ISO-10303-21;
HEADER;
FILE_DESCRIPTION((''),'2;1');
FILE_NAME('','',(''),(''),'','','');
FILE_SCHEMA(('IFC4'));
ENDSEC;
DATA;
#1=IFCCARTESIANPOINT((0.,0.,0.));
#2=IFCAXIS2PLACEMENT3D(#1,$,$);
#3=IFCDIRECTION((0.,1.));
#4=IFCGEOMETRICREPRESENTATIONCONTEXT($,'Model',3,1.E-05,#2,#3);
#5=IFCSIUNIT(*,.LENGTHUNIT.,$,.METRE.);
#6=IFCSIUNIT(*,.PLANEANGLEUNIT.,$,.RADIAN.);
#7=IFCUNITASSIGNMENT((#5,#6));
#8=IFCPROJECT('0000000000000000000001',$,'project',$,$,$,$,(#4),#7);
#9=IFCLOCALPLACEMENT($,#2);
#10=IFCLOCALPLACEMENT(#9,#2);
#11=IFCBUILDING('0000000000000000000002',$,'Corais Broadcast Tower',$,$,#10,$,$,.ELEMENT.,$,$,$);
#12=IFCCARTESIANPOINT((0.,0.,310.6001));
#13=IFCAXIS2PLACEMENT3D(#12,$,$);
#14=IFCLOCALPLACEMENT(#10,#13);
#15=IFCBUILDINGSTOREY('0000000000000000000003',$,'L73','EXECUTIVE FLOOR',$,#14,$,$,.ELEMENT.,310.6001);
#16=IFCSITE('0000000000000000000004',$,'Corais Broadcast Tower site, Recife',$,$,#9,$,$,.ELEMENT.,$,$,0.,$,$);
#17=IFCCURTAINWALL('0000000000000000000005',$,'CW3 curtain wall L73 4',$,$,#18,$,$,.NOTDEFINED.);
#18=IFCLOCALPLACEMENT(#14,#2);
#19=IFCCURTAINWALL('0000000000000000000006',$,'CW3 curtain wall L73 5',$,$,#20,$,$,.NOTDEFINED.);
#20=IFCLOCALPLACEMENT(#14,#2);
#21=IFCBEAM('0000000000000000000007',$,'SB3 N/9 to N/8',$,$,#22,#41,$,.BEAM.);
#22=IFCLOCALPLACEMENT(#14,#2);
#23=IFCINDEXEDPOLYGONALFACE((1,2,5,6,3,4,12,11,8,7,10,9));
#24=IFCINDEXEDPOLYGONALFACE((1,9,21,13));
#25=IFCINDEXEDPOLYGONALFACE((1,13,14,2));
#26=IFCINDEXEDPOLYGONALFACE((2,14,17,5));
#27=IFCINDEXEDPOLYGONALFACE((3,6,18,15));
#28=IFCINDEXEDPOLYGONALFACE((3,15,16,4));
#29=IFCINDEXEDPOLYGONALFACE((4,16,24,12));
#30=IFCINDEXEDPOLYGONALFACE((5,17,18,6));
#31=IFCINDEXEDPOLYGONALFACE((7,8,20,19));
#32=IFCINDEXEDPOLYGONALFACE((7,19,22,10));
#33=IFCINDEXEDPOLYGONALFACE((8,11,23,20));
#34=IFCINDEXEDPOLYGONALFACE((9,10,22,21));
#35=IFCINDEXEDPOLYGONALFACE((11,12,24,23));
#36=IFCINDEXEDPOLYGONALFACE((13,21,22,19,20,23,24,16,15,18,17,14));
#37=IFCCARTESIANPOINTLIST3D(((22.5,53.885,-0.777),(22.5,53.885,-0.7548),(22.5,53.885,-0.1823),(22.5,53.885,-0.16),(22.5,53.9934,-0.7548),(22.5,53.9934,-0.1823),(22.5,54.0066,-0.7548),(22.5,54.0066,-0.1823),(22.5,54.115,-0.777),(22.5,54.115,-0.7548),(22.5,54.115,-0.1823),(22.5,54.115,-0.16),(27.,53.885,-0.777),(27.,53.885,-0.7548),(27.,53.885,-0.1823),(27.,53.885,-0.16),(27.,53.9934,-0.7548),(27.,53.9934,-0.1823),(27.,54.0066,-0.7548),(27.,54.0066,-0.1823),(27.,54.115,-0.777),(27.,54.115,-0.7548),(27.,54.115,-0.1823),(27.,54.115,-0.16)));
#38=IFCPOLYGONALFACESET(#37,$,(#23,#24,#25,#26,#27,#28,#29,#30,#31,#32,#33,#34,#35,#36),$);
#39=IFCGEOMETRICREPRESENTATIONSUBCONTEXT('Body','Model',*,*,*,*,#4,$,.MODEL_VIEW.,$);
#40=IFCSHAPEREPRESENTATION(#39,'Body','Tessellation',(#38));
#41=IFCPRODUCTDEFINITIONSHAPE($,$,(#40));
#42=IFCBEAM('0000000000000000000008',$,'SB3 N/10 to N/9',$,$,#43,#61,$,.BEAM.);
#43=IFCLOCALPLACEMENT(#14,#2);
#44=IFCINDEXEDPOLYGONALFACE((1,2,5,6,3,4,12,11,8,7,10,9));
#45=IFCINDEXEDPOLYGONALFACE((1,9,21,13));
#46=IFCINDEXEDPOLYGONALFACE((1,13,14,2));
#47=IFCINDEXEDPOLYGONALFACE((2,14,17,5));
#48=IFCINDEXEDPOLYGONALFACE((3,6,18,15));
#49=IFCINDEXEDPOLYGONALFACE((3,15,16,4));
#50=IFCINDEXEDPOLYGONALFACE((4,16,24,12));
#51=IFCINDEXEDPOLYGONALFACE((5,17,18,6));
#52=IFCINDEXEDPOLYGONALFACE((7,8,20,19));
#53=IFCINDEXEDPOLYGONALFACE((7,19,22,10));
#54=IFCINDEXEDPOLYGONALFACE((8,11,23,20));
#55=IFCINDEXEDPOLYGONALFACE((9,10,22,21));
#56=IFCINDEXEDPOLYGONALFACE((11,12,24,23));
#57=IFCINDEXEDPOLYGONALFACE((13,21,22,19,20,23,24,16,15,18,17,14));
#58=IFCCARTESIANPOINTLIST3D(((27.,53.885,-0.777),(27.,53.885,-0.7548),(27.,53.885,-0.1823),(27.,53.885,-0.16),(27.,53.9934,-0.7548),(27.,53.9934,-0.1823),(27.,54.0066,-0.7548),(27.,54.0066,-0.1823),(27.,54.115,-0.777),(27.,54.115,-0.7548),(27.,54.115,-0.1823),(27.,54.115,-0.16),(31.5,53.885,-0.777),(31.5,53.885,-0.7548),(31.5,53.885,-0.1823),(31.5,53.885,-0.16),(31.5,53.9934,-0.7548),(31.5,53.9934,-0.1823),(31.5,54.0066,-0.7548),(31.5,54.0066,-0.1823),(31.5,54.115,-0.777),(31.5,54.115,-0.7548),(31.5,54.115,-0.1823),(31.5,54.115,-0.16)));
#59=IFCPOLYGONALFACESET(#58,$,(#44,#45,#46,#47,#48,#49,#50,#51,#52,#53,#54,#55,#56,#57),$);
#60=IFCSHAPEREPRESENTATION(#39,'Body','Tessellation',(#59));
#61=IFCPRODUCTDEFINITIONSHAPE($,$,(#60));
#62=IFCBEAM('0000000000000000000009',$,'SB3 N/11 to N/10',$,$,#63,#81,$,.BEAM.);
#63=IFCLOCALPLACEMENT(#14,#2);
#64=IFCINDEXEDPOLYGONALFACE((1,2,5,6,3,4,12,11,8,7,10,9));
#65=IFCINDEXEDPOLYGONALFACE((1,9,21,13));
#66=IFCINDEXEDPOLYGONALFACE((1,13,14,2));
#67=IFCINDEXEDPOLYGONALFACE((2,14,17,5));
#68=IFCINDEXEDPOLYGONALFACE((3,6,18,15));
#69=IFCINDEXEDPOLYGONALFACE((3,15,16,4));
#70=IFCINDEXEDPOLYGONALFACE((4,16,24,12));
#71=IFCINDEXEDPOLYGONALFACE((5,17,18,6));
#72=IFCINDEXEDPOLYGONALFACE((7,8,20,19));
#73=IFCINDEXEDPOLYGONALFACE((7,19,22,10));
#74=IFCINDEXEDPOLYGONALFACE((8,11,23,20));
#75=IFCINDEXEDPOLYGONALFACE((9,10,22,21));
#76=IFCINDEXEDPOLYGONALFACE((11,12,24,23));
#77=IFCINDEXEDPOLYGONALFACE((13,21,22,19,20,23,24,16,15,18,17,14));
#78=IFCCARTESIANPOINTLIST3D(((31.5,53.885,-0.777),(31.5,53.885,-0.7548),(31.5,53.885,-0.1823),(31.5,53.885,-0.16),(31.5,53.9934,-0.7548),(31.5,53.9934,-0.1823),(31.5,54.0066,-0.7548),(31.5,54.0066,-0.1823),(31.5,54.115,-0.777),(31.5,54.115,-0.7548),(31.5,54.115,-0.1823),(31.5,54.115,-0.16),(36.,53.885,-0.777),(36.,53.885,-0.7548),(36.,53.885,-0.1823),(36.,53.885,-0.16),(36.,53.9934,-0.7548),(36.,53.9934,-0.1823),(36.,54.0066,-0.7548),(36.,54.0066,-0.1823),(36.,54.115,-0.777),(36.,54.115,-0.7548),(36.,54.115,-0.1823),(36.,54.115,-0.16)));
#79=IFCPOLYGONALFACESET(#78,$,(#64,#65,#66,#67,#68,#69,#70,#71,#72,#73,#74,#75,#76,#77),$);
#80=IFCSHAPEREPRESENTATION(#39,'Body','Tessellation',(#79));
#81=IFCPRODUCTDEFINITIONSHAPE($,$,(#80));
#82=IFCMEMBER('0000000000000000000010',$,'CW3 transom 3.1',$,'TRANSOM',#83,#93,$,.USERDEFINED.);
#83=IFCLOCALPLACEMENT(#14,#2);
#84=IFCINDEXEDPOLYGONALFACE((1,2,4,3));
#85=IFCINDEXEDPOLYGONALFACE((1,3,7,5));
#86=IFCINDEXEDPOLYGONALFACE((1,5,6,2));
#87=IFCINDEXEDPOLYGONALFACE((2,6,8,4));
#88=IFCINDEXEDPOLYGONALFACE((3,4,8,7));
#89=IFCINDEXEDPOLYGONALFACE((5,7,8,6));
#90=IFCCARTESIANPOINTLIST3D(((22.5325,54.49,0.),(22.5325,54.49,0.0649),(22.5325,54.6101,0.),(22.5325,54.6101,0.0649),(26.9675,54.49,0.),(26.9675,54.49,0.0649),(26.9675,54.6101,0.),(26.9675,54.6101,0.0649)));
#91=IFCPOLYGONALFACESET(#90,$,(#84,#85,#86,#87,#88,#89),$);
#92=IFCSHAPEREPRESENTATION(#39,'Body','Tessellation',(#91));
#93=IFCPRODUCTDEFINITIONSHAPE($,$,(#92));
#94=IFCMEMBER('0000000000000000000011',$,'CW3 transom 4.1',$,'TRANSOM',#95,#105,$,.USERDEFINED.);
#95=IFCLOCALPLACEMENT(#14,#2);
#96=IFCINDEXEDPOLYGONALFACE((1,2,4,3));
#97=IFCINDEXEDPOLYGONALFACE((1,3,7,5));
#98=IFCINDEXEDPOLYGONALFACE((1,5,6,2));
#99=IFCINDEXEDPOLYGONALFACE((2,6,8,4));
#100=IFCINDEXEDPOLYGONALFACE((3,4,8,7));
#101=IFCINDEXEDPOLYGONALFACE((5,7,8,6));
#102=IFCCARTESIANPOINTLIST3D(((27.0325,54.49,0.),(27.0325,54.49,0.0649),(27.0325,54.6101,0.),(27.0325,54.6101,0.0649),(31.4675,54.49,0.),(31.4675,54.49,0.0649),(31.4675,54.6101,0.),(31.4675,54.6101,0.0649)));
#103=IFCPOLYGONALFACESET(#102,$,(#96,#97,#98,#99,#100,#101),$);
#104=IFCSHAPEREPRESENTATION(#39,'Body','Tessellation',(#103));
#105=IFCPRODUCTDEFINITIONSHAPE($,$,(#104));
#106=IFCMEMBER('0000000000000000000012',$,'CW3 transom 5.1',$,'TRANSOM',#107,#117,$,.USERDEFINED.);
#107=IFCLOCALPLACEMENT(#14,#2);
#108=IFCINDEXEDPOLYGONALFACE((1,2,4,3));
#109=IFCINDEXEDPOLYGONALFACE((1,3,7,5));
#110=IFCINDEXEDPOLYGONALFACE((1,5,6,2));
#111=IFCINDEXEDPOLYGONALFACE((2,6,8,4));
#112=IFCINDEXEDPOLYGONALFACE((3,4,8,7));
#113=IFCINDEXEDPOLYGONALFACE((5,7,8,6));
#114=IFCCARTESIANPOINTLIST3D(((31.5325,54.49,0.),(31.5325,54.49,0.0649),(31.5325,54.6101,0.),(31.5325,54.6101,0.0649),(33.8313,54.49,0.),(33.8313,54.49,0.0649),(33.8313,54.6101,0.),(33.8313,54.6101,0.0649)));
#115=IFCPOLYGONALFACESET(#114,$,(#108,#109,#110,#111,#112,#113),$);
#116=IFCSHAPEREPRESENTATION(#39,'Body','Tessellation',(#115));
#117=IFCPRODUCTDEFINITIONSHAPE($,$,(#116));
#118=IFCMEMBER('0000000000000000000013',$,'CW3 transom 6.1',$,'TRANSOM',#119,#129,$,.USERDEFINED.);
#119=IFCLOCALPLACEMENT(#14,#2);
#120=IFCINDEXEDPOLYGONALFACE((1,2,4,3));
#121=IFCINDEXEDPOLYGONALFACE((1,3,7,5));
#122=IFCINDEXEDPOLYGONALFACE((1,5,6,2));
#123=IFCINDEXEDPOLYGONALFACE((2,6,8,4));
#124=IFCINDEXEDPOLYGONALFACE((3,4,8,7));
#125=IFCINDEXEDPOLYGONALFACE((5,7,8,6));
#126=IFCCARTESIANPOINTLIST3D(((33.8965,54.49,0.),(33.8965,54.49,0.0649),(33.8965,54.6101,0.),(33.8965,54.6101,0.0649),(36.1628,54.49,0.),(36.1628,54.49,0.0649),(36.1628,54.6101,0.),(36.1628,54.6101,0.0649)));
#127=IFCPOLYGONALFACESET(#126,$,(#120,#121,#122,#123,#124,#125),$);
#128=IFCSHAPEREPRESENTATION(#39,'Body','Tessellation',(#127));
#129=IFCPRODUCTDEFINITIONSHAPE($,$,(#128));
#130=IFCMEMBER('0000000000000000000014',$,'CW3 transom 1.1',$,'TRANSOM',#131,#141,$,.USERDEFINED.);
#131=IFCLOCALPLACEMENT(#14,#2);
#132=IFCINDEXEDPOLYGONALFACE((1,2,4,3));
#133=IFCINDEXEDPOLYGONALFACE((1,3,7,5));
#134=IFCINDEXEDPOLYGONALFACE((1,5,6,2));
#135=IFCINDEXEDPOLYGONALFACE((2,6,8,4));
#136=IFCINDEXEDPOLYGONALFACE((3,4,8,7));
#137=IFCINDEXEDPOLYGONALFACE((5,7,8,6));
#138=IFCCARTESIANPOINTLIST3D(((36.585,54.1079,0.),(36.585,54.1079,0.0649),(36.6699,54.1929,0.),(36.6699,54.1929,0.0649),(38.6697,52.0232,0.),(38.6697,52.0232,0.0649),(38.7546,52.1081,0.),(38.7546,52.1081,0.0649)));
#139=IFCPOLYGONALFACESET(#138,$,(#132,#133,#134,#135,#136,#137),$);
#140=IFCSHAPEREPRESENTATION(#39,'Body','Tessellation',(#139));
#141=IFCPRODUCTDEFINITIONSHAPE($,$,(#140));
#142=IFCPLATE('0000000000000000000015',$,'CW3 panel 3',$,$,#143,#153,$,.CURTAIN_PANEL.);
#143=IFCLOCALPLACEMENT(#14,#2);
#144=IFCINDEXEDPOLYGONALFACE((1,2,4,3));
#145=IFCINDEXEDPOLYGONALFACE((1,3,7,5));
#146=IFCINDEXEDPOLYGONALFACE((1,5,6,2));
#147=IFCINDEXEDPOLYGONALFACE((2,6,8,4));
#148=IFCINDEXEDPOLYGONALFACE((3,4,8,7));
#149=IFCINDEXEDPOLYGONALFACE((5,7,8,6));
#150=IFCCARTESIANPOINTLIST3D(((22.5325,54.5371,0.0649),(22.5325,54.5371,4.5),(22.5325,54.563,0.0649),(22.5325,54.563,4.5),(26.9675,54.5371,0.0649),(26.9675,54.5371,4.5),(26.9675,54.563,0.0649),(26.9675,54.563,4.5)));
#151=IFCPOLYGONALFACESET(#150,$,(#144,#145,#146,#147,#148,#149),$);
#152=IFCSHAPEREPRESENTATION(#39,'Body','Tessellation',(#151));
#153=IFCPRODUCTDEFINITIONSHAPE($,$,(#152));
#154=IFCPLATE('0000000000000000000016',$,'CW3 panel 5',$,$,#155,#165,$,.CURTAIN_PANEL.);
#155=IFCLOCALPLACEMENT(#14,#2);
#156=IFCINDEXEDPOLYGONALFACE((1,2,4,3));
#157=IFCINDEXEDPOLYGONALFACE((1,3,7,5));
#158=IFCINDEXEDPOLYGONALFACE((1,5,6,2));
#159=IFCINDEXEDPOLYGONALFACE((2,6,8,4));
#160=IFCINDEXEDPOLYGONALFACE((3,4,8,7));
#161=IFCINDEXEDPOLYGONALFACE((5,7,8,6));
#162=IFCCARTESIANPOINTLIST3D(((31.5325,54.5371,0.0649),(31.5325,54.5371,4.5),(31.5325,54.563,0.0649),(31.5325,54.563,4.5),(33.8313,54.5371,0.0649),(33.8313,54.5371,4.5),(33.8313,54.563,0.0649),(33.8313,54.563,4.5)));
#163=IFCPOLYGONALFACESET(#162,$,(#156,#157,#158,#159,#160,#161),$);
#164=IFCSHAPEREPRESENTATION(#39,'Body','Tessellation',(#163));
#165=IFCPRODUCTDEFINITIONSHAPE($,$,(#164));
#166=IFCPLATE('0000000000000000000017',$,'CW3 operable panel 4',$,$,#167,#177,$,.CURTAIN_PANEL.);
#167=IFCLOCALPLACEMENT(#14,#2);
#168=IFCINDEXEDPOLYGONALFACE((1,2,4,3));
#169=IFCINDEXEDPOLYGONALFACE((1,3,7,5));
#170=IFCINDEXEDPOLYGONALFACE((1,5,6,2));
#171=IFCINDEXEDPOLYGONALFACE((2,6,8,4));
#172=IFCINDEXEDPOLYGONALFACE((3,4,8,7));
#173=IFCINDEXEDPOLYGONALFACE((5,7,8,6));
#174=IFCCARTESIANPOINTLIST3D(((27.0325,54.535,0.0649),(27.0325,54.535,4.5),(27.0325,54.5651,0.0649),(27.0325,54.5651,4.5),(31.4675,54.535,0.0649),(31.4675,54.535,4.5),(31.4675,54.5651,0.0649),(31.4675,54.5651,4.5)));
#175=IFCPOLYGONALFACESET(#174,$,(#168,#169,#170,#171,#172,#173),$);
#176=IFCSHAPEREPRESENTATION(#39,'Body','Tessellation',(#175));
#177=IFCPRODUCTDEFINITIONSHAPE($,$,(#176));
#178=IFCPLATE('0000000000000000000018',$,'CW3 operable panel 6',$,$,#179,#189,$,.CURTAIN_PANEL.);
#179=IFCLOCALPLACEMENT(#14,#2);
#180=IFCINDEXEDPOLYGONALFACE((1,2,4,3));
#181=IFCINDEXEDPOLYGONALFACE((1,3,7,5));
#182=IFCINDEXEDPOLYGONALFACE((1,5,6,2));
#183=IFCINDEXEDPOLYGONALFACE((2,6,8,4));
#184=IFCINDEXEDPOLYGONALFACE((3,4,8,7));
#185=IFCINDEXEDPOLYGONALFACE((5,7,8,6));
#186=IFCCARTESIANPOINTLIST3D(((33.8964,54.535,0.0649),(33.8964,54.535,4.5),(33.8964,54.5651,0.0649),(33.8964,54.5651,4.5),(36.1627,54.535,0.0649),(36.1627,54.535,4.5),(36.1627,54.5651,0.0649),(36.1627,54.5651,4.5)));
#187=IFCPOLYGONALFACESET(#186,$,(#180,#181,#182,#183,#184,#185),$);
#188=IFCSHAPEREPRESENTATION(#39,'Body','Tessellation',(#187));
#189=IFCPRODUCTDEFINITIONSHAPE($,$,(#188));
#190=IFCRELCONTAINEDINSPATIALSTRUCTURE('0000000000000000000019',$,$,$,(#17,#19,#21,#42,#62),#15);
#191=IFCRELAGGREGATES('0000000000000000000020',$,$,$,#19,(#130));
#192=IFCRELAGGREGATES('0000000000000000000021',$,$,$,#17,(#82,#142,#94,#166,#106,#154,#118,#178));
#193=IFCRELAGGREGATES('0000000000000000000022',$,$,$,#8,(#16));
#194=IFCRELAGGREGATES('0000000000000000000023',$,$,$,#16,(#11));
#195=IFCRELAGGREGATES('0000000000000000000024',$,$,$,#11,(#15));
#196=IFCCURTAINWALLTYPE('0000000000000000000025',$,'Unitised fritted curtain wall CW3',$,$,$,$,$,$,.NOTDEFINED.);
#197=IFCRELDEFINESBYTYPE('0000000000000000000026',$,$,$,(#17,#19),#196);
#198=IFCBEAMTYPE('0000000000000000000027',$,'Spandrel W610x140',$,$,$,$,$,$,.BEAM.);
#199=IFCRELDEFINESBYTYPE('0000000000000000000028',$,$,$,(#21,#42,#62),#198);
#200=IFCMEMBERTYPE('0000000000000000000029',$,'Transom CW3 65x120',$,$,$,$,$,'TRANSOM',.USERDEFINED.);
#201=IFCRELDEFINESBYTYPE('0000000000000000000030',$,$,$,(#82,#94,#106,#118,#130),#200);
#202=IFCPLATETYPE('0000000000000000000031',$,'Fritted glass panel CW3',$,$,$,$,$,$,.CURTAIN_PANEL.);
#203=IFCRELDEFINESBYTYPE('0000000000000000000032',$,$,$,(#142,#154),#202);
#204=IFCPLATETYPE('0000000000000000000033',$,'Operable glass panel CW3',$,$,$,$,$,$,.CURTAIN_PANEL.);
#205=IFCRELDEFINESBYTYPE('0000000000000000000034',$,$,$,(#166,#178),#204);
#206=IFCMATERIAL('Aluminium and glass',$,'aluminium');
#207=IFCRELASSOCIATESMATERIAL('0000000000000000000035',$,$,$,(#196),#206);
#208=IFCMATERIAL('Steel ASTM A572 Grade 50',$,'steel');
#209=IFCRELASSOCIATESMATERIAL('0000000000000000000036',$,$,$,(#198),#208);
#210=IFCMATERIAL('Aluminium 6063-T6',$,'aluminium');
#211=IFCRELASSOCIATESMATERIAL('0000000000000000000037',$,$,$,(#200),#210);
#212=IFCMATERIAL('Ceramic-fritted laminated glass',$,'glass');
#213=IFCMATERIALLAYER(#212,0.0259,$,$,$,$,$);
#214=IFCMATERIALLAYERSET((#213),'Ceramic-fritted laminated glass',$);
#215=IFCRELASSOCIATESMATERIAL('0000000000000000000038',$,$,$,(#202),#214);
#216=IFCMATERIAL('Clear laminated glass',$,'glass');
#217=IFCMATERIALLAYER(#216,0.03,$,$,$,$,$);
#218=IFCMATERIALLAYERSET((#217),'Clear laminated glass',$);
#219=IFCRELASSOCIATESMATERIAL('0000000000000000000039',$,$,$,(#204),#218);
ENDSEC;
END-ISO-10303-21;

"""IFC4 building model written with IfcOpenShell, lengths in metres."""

from ifc_helpers import new_model, si_unit, direction, frame, origin, origin_2d, place, context, subcontext, project, spatial, rectangle, i_section, extrude, material, layer, layer_set, material_profile, profile_set, type_object, element, aggregate, save


model = new_model("IFC4")

# Units and contexts
model_context = context("Model", 3, precision=1e-05, world=origin(), true_north=direction((0.0, 1.0)))
body_context = subcontext(model_context, "Body", "Model", "MODEL_VIEW")
ifc_project = project(units=[si_unit("LENGTHUNIT", "METRE"), si_unit("PLANEANGLEUNIT", "RADIAN")], contexts=[model_context])

# Site, building, storey
site_placement = place(None, origin())
site = spatial("IfcSite", under=ifc_project, at=site_placement, Name="Corais Broadcast Tower site, Recife", CompositionType="ELEMENT", RefElevation=0.0)
building_placement = place(site_placement, origin())
building = spatial("IfcBuilding", under=site, at=building_placement, Name="Corais Broadcast Tower", CompositionType="ELEMENT")
storey_placement = place(building_placement, frame((0.0, 0.0, 310.6001)))
storey = spatial("IfcBuildingStorey", under=building, at=storey_placement, Name="L73", Description="EXECUTIVE FLOOR", CompositionType="ELEMENT", Elevation=310.6001)

# Curtain wall
ifc_material_1 = material(Name="Aluminium and glass", Category="aluminium")
curtain_wall_type = type_object("IfcCurtainWallType", Name="Unitised fritted curtain wall CW3", PredefinedType="NOTDEFINED", material=ifc_material_1)
curtain_wall_1_placement = place(storey_placement, origin())
curtain_wall_1 = element("IfcCurtainWall", 1, at=curtain_wall_1_placement, inside=storey, type_object=curtain_wall_type, Name="CW3 curtain wall L73 4", PredefinedType="NOTDEFINED")

# Curtain wall
curtain_wall_2_placement = place(storey_placement, origin())
curtain_wall_2 = element("IfcCurtainWall", 2, at=curtain_wall_2_placement, inside=storey, type_object=curtain_wall_type, Name="CW3 curtain wall L73 5", PredefinedType="NOTDEFINED")

# Beams
ifc_material_2 = material(Name="Steel ASTM A572 Grade 50", Category="steel")
ifc_material_profile_1 = material_profile(ifc_material_2, i_section(OverallWidth=0.23, OverallDepth=0.6169, WebThickness=0.0132, FlangeThickness=0.0222, at=origin_2d()), Name="W610x140")
ifc_profile_set_1 = profile_set([ifc_material_profile_1], Name="Steel ASTM A572 Grade 50")
beam_type_1 = type_object("IfcBeamType", Name="Spandrel W610x140", PredefinedType="BEAM", material=ifc_profile_set_1)
for number, where, z_axis, x_axis, name in (
    (3, (27.0, 54.0, -0.4685), (-1.0, 0.0, 0.0), (0.0, -1.0, 0.0), "SB3 N/9 to N/8"),
    (4, (31.5, 54.0, -0.4685), (-1.0, 0.0, 0.0), (0.0, -1.0, 0.0), "SB3 N/10 to N/9"),
    (5, (36.0, 54.0, -0.4685), (-1.0, 0.0, 0.0), (0.0, -1.0, 0.0), "SB3 N/11 to N/10"),
):
    element("IfcBeam", number, at=place(storey_placement, frame(where, z_axis=z_axis, x_axis=x_axis)), inside=storey, type_object=beam_type_1, Name=name, PredefinedType="BEAM", context=body_context, shape_type="SweptSolid", body=[
        extrude(i_section(OverallWidth=0.23, OverallDepth=0.6169, WebThickness=0.0132, FlangeThickness=0.0222, at=origin_2d()), origin(), (0.0, 0.0, 1.0), 4.5),
    ])

# Members
ifc_material_3 = material(Name="Aluminium 6063-T6", Category="aluminium")
ifc_material_profile_2 = material_profile(ifc_material_3, rectangle(XDim=0.1201, YDim=0.0649, at=origin_2d()), Name="Transom CW3 65x120")
ifc_profile_set_2 = profile_set([ifc_material_profile_2], Name="Aluminium 6063-T6")
member_type_1 = type_object("IfcMemberType", Name="Transom CW3 65x120", ElementType="TRANSOM", PredefinedType="USERDEFINED", material=ifc_profile_set_2)
member_1_placement = place(storey_placement, frame((22.5325, 54.55, 0.0325), z_axis=(1.0, 0.0, 0.0), x_axis=(0.0, 1.0, 0.0)))
member_1 = element("IfcMember", 6, at=member_1_placement, type_object=member_type_1, Name="CW3 transom 3.1", ObjectType="TRANSOM", PredefinedType="USERDEFINED", context=body_context, shape_type="SweptSolid", body=[
    extrude(rectangle(XDim=0.1201, YDim=0.0649, at=origin_2d()), origin(), (0.0, 0.0, 1.0), 4.4351),
])
member_2_placement = place(storey_placement, frame((27.0325, 54.55, 0.0325), z_axis=(1.0, 0.0, 0.0), x_axis=(0.0, 1.0, 0.0)))
member_2 = element("IfcMember", 7, at=member_2_placement, type_object=member_type_1, Name="CW3 transom 4.1", ObjectType="TRANSOM", PredefinedType="USERDEFINED", context=body_context, shape_type="SweptSolid", body=[
    extrude(rectangle(XDim=0.1201, YDim=0.0649, at=origin_2d()), origin(), (0.0, 0.0, 1.0), 4.4351),
])
member_3_placement = place(storey_placement, frame((31.5325, 54.55, 0.0325), z_axis=(1.0, 0.0, 0.0), x_axis=(0.0, 1.0, 0.0)))
member_3 = element("IfcMember", 8, at=member_3_placement, type_object=member_type_1, Name="CW3 transom 5.1", ObjectType="TRANSOM", PredefinedType="USERDEFINED", context=body_context, shape_type="SweptSolid", body=[
    extrude(rectangle(XDim=0.1201, YDim=0.0649, at=origin_2d()), origin(), (0.0, 0.0, 1.0), 2.2988),
])
member_4_placement = place(storey_placement, frame((33.8965, 54.55, 0.0325), z_axis=(1.0, 0.0, 0.0), x_axis=(0.0, 1.0, 0.0)))
member_4 = element("IfcMember", 9, at=member_4_placement, type_object=member_type_1, Name="CW3 transom 6.1", ObjectType="TRANSOM", PredefinedType="USERDEFINED", context=body_context, shape_type="SweptSolid", body=[
    extrude(rectangle(XDim=0.1201, YDim=0.0649, at=origin_2d()), origin(), (0.0, 0.0, 1.0), 2.2664),
])
member_5_placement = place(storey_placement, frame((36.6274, 54.1504, 0.0325), z_axis=(0.707107, -0.707107, 0.0), x_axis=(0.707107, 0.707107, 0.0)))
member_5 = element("IfcMember", 10, at=member_5_placement, type_object=member_type_1, Name="CW3 transom 1.1", ObjectType="TRANSOM", PredefinedType="USERDEFINED", context=body_context, shape_type="SweptSolid", body=[
    extrude(rectangle(XDim=0.1201, YDim=0.0649, at=origin_2d()), origin(), (0.0, 0.0, 1.0), 2.9482),
])
aggregate(curtain_wall_2, [member_5])

# Plates
ifc_material_4 = material(Name="Ceramic-fritted laminated glass", Category="glass")
ifc_layer_1 = layer(ifc_material_4, 0.0259)
ifc_layer_set_1 = layer_set([ifc_layer_1], Name="Ceramic-fritted laminated glass")
plate_type_1 = type_object("IfcPlateType", Name="Fritted glass panel CW3", PredefinedType="CURTAIN_PANEL", material=ifc_layer_set_1)
plate_1_placement = place(storey_placement, frame((24.75, 54.55, 0.0649), z_axis=(0.0, 0.0, 1.0), x_axis=(1.0, 0.0, 0.0)))
plate_1 = element("IfcPlate", 11, at=plate_1_placement, type_object=plate_type_1, Name="CW3 panel 3", PredefinedType="CURTAIN_PANEL", context=body_context, shape_type="SweptSolid", body=[
    extrude(rectangle(XDim=4.4351, YDim=0.0259, at=origin_2d()), origin(), (0.0, 0.0, 1.0), 4.4351),
])
plate_2_placement = place(storey_placement, frame((32.6819, 54.55, 0.0649), z_axis=(0.0, 0.0, 1.0), x_axis=(1.0, 0.0, 0.0)))
plate_2 = element("IfcPlate", 12, at=plate_2_placement, type_object=plate_type_1, Name="CW3 panel 5", PredefinedType="CURTAIN_PANEL", context=body_context, shape_type="SweptSolid", body=[
    extrude(rectangle(XDim=2.2988, YDim=0.0259, at=origin_2d()), origin(), (0.0, 0.0, 1.0), 4.4351),
])
ifc_material_5 = material(Name="Clear laminated glass", Category="glass")
ifc_layer_2 = layer(ifc_material_5, 0.03)
ifc_layer_set_2 = layer_set([ifc_layer_2], Name="Clear laminated glass")
plate_type_2 = type_object("IfcPlateType", Name="Operable glass panel CW3", PredefinedType="CURTAIN_PANEL", material=ifc_layer_set_2)
plate_3_placement = place(storey_placement, frame((29.25, 54.55, 0.0649), z_axis=(0.0, 0.0, 1.0), x_axis=(1.0, 0.0, 0.0)))
plate_3 = element("IfcPlate", 13, at=plate_3_placement, type_object=plate_type_2, Name="CW3 operable panel 4", PredefinedType="CURTAIN_PANEL", context=body_context, shape_type="SweptSolid", body=[
    extrude(rectangle(XDim=4.4351, YDim=0.03, at=origin_2d()), origin(), (0.0, 0.0, 1.0), 4.4351),
])
plate_4_placement = place(storey_placement, frame((35.0295, 54.55, 0.0649), z_axis=(0.0, 0.0, 1.0), x_axis=(1.0, 0.0, 0.0)))
plate_4 = element("IfcPlate", 14, at=plate_4_placement, type_object=plate_type_2, Name="CW3 operable panel 6", PredefinedType="CURTAIN_PANEL", context=body_context, shape_type="SweptSolid", body=[
    extrude(rectangle(XDim=2.2664, YDim=0.03, at=origin_2d()), origin(), (0.0, 0.0, 1.0), 4.4351),
])
aggregate(curtain_wall_1, [member_1, plate_1, member_2, plate_3, member_3, plate_2, member_4, plate_4])

save(model, "model.ifc")
